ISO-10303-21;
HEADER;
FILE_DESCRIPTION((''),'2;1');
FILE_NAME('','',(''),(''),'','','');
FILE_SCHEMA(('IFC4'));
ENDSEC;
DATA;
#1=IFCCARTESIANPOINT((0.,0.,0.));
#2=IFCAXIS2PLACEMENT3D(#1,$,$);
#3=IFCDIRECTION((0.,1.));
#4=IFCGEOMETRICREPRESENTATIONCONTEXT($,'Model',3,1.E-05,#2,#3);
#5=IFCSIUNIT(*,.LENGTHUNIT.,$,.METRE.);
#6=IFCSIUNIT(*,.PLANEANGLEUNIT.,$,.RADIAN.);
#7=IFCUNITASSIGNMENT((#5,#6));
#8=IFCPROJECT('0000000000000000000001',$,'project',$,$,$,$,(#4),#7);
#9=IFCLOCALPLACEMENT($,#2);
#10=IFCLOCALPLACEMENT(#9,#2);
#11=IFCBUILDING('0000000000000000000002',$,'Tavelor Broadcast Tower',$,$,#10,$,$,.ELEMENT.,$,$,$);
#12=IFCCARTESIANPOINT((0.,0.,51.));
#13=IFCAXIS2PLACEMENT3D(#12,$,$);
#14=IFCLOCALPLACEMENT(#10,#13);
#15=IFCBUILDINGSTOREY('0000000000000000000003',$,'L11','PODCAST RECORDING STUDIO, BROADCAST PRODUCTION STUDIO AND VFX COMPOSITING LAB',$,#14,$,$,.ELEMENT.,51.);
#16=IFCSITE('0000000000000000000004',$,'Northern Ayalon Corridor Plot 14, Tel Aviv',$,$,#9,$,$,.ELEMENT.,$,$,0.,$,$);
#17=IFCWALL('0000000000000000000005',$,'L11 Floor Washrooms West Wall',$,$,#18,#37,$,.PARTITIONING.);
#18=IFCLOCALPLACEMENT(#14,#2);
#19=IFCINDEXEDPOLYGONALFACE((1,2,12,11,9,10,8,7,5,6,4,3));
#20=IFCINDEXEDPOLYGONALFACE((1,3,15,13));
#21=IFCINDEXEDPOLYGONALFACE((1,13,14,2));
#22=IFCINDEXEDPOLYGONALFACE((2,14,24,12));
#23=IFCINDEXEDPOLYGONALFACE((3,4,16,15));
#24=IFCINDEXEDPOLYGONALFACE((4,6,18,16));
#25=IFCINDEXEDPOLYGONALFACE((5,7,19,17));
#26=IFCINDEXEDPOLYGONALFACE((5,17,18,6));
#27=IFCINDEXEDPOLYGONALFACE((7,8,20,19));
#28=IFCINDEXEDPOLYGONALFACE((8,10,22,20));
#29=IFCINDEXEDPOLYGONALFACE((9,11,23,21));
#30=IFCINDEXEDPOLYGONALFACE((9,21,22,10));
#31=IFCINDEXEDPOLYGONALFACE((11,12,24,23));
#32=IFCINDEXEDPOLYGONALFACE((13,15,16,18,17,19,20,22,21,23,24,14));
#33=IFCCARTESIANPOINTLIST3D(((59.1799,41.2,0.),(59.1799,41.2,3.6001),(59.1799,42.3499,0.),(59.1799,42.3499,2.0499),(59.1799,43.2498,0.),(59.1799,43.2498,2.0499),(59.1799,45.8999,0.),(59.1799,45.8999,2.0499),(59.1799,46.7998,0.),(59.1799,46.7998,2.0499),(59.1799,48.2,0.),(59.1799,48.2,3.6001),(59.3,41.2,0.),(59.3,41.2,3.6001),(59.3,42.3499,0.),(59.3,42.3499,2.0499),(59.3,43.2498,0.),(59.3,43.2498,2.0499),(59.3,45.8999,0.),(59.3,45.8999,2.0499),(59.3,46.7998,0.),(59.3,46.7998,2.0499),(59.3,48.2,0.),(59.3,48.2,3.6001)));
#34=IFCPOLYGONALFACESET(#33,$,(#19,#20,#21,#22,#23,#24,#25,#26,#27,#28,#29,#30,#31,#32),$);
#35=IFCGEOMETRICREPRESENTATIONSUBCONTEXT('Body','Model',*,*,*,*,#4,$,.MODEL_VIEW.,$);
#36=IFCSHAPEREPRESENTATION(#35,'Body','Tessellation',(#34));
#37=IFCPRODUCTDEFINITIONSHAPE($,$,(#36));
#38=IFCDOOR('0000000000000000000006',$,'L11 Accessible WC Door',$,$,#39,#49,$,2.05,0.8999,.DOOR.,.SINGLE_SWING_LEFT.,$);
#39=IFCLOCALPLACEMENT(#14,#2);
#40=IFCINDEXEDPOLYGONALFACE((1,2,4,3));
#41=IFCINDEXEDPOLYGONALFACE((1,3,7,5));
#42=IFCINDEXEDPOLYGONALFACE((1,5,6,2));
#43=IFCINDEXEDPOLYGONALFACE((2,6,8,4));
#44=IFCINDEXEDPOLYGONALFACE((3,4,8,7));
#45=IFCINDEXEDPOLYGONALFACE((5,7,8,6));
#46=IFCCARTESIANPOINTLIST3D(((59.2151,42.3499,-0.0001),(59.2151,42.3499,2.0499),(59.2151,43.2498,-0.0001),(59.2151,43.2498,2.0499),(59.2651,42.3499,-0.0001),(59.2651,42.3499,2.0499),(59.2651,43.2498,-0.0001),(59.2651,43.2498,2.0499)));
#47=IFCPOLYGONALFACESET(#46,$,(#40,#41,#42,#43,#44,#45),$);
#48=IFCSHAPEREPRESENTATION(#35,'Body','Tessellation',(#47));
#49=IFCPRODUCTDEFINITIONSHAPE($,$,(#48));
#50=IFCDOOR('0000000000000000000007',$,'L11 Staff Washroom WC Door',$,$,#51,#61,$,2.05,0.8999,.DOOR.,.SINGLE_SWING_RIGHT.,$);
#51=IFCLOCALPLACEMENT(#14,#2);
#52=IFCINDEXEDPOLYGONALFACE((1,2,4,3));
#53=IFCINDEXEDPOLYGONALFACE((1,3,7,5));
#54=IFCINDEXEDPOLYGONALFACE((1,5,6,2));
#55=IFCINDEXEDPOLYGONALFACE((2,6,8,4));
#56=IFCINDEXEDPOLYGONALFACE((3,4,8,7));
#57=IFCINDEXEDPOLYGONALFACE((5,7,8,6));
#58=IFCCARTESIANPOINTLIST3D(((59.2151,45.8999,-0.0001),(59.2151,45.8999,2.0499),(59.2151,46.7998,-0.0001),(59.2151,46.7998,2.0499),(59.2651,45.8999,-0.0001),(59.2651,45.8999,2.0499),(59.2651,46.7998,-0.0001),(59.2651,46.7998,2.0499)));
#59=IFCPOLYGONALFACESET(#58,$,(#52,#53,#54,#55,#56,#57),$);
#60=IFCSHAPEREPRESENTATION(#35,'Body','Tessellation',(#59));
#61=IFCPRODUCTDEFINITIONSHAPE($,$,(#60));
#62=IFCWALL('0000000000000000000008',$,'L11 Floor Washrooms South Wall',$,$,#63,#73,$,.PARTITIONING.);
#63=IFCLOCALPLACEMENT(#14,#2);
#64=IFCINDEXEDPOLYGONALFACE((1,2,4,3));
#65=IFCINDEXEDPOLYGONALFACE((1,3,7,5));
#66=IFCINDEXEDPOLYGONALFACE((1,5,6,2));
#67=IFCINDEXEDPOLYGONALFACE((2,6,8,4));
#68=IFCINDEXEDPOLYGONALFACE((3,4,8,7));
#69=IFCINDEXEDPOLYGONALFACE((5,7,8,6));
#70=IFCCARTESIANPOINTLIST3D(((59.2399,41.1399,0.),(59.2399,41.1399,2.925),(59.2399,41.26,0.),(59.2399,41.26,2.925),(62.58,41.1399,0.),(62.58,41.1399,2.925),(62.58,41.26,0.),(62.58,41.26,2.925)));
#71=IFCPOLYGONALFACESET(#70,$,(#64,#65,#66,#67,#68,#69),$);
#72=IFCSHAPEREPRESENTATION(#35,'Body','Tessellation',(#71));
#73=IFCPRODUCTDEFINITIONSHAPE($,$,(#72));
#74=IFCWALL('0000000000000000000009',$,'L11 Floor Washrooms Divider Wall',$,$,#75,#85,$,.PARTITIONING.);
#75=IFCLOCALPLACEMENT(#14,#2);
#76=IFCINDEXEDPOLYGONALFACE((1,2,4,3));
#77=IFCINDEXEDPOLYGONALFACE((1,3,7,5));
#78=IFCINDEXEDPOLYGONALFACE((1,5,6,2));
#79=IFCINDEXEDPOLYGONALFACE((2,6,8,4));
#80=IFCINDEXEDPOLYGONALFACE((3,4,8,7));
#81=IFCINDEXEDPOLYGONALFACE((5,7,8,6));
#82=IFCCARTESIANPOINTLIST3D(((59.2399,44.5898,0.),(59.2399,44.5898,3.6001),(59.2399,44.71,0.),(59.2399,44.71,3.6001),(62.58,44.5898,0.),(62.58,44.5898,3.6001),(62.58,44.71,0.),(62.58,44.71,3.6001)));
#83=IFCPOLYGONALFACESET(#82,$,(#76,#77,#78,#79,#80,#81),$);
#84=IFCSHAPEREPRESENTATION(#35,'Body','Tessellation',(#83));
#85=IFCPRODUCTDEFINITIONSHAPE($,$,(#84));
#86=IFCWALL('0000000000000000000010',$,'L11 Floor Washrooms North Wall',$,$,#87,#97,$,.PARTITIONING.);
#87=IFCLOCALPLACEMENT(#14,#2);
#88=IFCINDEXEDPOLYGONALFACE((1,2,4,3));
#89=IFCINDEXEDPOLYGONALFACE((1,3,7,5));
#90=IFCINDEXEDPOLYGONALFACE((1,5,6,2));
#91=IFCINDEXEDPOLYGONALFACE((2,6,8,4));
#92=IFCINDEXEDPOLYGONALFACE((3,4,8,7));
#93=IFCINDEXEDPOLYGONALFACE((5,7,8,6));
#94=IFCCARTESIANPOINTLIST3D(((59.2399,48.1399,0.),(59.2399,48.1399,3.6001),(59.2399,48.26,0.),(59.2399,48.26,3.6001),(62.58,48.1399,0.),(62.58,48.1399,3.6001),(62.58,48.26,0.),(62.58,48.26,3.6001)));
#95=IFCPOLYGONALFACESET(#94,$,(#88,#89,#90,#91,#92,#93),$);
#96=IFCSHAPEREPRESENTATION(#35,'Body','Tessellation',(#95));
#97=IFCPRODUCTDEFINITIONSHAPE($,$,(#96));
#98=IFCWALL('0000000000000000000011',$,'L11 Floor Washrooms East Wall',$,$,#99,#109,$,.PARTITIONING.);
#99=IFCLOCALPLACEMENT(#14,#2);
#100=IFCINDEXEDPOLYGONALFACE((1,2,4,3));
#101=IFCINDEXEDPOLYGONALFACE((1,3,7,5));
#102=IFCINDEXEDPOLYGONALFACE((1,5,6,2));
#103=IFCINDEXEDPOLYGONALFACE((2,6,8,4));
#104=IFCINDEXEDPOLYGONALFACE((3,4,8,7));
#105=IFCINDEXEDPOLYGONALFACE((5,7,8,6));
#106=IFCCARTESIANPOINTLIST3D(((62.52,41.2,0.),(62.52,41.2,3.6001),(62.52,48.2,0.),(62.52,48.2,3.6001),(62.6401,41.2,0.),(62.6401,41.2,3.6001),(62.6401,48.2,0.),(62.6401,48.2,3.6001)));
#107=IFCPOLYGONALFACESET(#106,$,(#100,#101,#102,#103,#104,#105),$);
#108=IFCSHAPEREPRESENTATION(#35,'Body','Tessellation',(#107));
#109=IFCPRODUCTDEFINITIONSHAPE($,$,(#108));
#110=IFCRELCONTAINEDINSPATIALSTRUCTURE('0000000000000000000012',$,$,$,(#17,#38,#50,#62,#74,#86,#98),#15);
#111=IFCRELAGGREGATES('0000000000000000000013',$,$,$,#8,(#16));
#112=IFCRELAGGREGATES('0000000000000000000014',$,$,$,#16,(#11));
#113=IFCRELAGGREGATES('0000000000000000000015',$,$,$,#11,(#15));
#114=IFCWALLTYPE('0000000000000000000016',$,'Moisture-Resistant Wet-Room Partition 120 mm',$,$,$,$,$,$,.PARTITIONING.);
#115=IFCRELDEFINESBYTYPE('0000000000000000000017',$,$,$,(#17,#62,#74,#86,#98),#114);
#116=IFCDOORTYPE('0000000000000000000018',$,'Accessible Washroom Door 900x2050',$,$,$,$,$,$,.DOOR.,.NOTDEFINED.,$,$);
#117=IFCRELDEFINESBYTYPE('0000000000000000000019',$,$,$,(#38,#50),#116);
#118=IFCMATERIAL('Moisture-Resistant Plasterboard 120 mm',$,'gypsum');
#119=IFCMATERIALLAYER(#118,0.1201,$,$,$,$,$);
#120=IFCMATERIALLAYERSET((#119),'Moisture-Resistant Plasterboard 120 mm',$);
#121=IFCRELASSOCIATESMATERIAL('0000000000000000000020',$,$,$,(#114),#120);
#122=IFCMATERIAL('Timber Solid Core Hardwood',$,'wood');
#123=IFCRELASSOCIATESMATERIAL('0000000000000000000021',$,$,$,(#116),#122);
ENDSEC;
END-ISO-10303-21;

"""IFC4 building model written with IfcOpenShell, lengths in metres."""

from ifc_helpers import new_model, si_unit, direction, frame, frame_2d, origin, place, context, subcontext, project, spatial, rectangle, extrude, material, layer, layer_set, type_object, element, fill, save


model = new_model("IFC4")

# Units and contexts
model_context = context("Model", 3, precision=1e-05, world=origin(), true_north=direction((0.0, 1.0)))
body_context = subcontext(model_context, "Body", "Model", "MODEL_VIEW")
ifc_project = project(units=[si_unit("LENGTHUNIT", "METRE"), si_unit("PLANEANGLEUNIT", "RADIAN")], contexts=[model_context])

# Site, building, storey
site_placement = place(None, origin())
site = spatial("IfcSite", under=ifc_project, at=site_placement, Name="Northern Ayalon Corridor Plot 14, Tel Aviv", CompositionType="ELEMENT", RefElevation=0.0)
building_placement = place(site_placement, origin())
building = spatial("IfcBuilding", under=site, at=building_placement, Name="Tavelor Broadcast Tower", CompositionType="ELEMENT")
storey_placement = place(building_placement, frame((0.0, 0.0, 51.0)))
storey = spatial("IfcBuildingStorey", under=building, at=storey_placement, Name="L11", Description="PODCAST RECORDING STUDIO, BROADCAST PRODUCTION STUDIO AND VFX COMPOSITING LAB", CompositionType="ELEMENT", Elevation=51.0)

# Shared definitions
ifc_material_1 = material(Name="Timber Solid Core Hardwood", Category="wood")

# Wall, openings, doors
ifc_material_2 = material(Name="Moisture-Resistant Plasterboard 120 mm", Category="gypsum")
ifc_layer_1 = layer(ifc_material_2, 0.1201)
ifc_layer_set_1 = layer_set([ifc_layer_1], Name="Moisture-Resistant Plasterboard 120 mm")
wall_type_1 = type_object("IfcWallType", Name="Moisture-Resistant Wet-Room Partition 120 mm", PredefinedType="PARTITIONING", material=ifc_layer_set_1)
wall_1_placement = place(storey_placement, frame((59.24, 41.2, 0.0), z_axis=(0.0, 0.0, 1.0), x_axis=(0.0, 1.0, 0.0)))
wall_1 = element("IfcWall", 1, at=wall_1_placement, inside=storey, type_object=wall_type_1, Name="L11 Floor Washrooms West Wall", PredefinedType="PARTITIONING", context=body_context, shape_type="SweptSolid", body=[
    extrude(rectangle(XDim=7.0, YDim=0.1201, at=frame_2d((3.5, 0.0))), origin(), (0.0, 0.0, 1.0), 3.6001),
])
opening_1_placement = place(wall_1_placement, frame((1.1499, 0.0, 0.0)))
opening_1 = element("IfcOpeningElement", 2, at=opening_1_placement, cuts=wall_1, PredefinedType="OPENING", context=body_context, shape_type="SweptSolid", body=[
    extrude(rectangle(XDim=0.8999, YDim=2.05, at=frame_2d((0.45, 1.0249))), frame((0.0, 0.0701, 0.0), z_axis=(0.0, -1.0, 0.0), x_axis=(1.0, 0.0, 0.0)), (0.0, 0.0, 1.0), 0.1401),
])
opening_2_placement = place(wall_1_placement, frame((4.7, 0.0, 0.0)))
opening_2 = element("IfcOpeningElement", 3, at=opening_2_placement, cuts=wall_1, PredefinedType="OPENING", context=body_context, shape_type="SweptSolid", body=[
    extrude(rectangle(XDim=0.8999, YDim=2.05, at=frame_2d((0.45, 1.0249))), frame((0.0, 0.0701, 0.0), z_axis=(0.0, -1.0, 0.0), x_axis=(1.0, 0.0, 0.0)), (0.0, 0.0, 1.0), 0.1401),
])
door_type_1 = type_object("IfcDoorType", Name="Accessible Washroom Door 900x2050", OperationType="NOTDEFINED", PredefinedType="DOOR", material=ifc_material_1)
door_1_placement = place(opening_1_placement, origin())
door_1 = element("IfcDoor", 4, at=door_1_placement, inside=storey, type_object=door_type_1, Name="L11 Accessible WC Door", OperationType="SINGLE_SWING_LEFT", OverallHeight=2.05, OverallWidth=0.8999, PredefinedType="DOOR", context=body_context, shape_type="SweptSolid", body=[
    extrude(rectangle(XDim=0.8999, YDim=2.05, at=frame_2d((0.45, 1.0249))), frame((0.0, 0.0249, 0.0), z_axis=(0.0, -1.0, 0.0), x_axis=(1.0, 0.0, 0.0)), (0.0, 0.0, 1.0), 0.05),
])
fill(opening_1, door_1)
door_2_placement = place(opening_2_placement, origin())
door_2 = element("IfcDoor", 5, at=door_2_placement, inside=storey, type_object=door_type_1, Name="L11 Staff Washroom WC Door", OperationType="SINGLE_SWING_RIGHT", OverallHeight=2.05, OverallWidth=0.8999, PredefinedType="DOOR", context=body_context, shape_type="SweptSolid", body=[
    extrude(rectangle(XDim=0.8999, YDim=2.05, at=frame_2d((0.45, 1.0249))), frame((0.0, 0.0249, 0.0), z_axis=(0.0, -1.0, 0.0), x_axis=(1.0, 0.0, 0.0)), (0.0, 0.0, 1.0), 0.05),
])
fill(opening_2, door_2)

# Walls
wall_2_placement = place(storey_placement, frame((59.24, 41.2, 0.0), z_axis=(0.0, 0.0, 1.0), x_axis=(1.0, 0.0, 0.0)))
element("IfcWall", 6, at=wall_2_placement, inside=storey, type_object=wall_type_1, Name="L11 Floor Washrooms South Wall", PredefinedType="PARTITIONING", context=body_context, shape_type="SweptSolid", body=[
    extrude(rectangle(XDim=3.3401, YDim=0.1201, at=frame_2d((1.6699, 0.0))), origin(), (0.0, 0.0, 1.0), 2.925),
])
for number, where, z_axis, x_axis, name in (
    (7, (59.24, 44.6499, 0.0), (0.0, 0.0, 1.0), (1.0, 0.0, 0.0), "L11 Floor Washrooms Divider Wall"),
    (8, (59.24, 48.2, 0.0), (0.0, 0.0, 1.0), (1.0, 0.0, 0.0), "L11 Floor Washrooms North Wall"),
):
    element("IfcWall", number, at=place(storey_placement, frame(where, z_axis=z_axis, x_axis=x_axis)), inside=storey, type_object=wall_type_1, Name=name, PredefinedType="PARTITIONING", context=body_context, shape_type="SweptSolid", body=[
        extrude(rectangle(XDim=3.3401, YDim=0.1201, at=frame_2d((1.6699, 0.0))), origin(), (0.0, 0.0, 1.0), 3.6001),
    ])
wall_3_placement = place(storey_placement, frame((62.5801, 41.2, 0.0), z_axis=(0.0, 0.0, 1.0), x_axis=(0.0, 1.0, 0.0)))
element("IfcWall", 9, at=wall_3_placement, inside=storey, type_object=wall_type_1, Name="L11 Floor Washrooms East Wall", PredefinedType="PARTITIONING", context=body_context, shape_type="SweptSolid", body=[
    extrude(rectangle(XDim=7.0, YDim=0.1201, at=frame_2d((3.5, 0.0))), origin(), (0.0, 0.0, 1.0), 3.6001),
])

save(model, "model.ifc")
